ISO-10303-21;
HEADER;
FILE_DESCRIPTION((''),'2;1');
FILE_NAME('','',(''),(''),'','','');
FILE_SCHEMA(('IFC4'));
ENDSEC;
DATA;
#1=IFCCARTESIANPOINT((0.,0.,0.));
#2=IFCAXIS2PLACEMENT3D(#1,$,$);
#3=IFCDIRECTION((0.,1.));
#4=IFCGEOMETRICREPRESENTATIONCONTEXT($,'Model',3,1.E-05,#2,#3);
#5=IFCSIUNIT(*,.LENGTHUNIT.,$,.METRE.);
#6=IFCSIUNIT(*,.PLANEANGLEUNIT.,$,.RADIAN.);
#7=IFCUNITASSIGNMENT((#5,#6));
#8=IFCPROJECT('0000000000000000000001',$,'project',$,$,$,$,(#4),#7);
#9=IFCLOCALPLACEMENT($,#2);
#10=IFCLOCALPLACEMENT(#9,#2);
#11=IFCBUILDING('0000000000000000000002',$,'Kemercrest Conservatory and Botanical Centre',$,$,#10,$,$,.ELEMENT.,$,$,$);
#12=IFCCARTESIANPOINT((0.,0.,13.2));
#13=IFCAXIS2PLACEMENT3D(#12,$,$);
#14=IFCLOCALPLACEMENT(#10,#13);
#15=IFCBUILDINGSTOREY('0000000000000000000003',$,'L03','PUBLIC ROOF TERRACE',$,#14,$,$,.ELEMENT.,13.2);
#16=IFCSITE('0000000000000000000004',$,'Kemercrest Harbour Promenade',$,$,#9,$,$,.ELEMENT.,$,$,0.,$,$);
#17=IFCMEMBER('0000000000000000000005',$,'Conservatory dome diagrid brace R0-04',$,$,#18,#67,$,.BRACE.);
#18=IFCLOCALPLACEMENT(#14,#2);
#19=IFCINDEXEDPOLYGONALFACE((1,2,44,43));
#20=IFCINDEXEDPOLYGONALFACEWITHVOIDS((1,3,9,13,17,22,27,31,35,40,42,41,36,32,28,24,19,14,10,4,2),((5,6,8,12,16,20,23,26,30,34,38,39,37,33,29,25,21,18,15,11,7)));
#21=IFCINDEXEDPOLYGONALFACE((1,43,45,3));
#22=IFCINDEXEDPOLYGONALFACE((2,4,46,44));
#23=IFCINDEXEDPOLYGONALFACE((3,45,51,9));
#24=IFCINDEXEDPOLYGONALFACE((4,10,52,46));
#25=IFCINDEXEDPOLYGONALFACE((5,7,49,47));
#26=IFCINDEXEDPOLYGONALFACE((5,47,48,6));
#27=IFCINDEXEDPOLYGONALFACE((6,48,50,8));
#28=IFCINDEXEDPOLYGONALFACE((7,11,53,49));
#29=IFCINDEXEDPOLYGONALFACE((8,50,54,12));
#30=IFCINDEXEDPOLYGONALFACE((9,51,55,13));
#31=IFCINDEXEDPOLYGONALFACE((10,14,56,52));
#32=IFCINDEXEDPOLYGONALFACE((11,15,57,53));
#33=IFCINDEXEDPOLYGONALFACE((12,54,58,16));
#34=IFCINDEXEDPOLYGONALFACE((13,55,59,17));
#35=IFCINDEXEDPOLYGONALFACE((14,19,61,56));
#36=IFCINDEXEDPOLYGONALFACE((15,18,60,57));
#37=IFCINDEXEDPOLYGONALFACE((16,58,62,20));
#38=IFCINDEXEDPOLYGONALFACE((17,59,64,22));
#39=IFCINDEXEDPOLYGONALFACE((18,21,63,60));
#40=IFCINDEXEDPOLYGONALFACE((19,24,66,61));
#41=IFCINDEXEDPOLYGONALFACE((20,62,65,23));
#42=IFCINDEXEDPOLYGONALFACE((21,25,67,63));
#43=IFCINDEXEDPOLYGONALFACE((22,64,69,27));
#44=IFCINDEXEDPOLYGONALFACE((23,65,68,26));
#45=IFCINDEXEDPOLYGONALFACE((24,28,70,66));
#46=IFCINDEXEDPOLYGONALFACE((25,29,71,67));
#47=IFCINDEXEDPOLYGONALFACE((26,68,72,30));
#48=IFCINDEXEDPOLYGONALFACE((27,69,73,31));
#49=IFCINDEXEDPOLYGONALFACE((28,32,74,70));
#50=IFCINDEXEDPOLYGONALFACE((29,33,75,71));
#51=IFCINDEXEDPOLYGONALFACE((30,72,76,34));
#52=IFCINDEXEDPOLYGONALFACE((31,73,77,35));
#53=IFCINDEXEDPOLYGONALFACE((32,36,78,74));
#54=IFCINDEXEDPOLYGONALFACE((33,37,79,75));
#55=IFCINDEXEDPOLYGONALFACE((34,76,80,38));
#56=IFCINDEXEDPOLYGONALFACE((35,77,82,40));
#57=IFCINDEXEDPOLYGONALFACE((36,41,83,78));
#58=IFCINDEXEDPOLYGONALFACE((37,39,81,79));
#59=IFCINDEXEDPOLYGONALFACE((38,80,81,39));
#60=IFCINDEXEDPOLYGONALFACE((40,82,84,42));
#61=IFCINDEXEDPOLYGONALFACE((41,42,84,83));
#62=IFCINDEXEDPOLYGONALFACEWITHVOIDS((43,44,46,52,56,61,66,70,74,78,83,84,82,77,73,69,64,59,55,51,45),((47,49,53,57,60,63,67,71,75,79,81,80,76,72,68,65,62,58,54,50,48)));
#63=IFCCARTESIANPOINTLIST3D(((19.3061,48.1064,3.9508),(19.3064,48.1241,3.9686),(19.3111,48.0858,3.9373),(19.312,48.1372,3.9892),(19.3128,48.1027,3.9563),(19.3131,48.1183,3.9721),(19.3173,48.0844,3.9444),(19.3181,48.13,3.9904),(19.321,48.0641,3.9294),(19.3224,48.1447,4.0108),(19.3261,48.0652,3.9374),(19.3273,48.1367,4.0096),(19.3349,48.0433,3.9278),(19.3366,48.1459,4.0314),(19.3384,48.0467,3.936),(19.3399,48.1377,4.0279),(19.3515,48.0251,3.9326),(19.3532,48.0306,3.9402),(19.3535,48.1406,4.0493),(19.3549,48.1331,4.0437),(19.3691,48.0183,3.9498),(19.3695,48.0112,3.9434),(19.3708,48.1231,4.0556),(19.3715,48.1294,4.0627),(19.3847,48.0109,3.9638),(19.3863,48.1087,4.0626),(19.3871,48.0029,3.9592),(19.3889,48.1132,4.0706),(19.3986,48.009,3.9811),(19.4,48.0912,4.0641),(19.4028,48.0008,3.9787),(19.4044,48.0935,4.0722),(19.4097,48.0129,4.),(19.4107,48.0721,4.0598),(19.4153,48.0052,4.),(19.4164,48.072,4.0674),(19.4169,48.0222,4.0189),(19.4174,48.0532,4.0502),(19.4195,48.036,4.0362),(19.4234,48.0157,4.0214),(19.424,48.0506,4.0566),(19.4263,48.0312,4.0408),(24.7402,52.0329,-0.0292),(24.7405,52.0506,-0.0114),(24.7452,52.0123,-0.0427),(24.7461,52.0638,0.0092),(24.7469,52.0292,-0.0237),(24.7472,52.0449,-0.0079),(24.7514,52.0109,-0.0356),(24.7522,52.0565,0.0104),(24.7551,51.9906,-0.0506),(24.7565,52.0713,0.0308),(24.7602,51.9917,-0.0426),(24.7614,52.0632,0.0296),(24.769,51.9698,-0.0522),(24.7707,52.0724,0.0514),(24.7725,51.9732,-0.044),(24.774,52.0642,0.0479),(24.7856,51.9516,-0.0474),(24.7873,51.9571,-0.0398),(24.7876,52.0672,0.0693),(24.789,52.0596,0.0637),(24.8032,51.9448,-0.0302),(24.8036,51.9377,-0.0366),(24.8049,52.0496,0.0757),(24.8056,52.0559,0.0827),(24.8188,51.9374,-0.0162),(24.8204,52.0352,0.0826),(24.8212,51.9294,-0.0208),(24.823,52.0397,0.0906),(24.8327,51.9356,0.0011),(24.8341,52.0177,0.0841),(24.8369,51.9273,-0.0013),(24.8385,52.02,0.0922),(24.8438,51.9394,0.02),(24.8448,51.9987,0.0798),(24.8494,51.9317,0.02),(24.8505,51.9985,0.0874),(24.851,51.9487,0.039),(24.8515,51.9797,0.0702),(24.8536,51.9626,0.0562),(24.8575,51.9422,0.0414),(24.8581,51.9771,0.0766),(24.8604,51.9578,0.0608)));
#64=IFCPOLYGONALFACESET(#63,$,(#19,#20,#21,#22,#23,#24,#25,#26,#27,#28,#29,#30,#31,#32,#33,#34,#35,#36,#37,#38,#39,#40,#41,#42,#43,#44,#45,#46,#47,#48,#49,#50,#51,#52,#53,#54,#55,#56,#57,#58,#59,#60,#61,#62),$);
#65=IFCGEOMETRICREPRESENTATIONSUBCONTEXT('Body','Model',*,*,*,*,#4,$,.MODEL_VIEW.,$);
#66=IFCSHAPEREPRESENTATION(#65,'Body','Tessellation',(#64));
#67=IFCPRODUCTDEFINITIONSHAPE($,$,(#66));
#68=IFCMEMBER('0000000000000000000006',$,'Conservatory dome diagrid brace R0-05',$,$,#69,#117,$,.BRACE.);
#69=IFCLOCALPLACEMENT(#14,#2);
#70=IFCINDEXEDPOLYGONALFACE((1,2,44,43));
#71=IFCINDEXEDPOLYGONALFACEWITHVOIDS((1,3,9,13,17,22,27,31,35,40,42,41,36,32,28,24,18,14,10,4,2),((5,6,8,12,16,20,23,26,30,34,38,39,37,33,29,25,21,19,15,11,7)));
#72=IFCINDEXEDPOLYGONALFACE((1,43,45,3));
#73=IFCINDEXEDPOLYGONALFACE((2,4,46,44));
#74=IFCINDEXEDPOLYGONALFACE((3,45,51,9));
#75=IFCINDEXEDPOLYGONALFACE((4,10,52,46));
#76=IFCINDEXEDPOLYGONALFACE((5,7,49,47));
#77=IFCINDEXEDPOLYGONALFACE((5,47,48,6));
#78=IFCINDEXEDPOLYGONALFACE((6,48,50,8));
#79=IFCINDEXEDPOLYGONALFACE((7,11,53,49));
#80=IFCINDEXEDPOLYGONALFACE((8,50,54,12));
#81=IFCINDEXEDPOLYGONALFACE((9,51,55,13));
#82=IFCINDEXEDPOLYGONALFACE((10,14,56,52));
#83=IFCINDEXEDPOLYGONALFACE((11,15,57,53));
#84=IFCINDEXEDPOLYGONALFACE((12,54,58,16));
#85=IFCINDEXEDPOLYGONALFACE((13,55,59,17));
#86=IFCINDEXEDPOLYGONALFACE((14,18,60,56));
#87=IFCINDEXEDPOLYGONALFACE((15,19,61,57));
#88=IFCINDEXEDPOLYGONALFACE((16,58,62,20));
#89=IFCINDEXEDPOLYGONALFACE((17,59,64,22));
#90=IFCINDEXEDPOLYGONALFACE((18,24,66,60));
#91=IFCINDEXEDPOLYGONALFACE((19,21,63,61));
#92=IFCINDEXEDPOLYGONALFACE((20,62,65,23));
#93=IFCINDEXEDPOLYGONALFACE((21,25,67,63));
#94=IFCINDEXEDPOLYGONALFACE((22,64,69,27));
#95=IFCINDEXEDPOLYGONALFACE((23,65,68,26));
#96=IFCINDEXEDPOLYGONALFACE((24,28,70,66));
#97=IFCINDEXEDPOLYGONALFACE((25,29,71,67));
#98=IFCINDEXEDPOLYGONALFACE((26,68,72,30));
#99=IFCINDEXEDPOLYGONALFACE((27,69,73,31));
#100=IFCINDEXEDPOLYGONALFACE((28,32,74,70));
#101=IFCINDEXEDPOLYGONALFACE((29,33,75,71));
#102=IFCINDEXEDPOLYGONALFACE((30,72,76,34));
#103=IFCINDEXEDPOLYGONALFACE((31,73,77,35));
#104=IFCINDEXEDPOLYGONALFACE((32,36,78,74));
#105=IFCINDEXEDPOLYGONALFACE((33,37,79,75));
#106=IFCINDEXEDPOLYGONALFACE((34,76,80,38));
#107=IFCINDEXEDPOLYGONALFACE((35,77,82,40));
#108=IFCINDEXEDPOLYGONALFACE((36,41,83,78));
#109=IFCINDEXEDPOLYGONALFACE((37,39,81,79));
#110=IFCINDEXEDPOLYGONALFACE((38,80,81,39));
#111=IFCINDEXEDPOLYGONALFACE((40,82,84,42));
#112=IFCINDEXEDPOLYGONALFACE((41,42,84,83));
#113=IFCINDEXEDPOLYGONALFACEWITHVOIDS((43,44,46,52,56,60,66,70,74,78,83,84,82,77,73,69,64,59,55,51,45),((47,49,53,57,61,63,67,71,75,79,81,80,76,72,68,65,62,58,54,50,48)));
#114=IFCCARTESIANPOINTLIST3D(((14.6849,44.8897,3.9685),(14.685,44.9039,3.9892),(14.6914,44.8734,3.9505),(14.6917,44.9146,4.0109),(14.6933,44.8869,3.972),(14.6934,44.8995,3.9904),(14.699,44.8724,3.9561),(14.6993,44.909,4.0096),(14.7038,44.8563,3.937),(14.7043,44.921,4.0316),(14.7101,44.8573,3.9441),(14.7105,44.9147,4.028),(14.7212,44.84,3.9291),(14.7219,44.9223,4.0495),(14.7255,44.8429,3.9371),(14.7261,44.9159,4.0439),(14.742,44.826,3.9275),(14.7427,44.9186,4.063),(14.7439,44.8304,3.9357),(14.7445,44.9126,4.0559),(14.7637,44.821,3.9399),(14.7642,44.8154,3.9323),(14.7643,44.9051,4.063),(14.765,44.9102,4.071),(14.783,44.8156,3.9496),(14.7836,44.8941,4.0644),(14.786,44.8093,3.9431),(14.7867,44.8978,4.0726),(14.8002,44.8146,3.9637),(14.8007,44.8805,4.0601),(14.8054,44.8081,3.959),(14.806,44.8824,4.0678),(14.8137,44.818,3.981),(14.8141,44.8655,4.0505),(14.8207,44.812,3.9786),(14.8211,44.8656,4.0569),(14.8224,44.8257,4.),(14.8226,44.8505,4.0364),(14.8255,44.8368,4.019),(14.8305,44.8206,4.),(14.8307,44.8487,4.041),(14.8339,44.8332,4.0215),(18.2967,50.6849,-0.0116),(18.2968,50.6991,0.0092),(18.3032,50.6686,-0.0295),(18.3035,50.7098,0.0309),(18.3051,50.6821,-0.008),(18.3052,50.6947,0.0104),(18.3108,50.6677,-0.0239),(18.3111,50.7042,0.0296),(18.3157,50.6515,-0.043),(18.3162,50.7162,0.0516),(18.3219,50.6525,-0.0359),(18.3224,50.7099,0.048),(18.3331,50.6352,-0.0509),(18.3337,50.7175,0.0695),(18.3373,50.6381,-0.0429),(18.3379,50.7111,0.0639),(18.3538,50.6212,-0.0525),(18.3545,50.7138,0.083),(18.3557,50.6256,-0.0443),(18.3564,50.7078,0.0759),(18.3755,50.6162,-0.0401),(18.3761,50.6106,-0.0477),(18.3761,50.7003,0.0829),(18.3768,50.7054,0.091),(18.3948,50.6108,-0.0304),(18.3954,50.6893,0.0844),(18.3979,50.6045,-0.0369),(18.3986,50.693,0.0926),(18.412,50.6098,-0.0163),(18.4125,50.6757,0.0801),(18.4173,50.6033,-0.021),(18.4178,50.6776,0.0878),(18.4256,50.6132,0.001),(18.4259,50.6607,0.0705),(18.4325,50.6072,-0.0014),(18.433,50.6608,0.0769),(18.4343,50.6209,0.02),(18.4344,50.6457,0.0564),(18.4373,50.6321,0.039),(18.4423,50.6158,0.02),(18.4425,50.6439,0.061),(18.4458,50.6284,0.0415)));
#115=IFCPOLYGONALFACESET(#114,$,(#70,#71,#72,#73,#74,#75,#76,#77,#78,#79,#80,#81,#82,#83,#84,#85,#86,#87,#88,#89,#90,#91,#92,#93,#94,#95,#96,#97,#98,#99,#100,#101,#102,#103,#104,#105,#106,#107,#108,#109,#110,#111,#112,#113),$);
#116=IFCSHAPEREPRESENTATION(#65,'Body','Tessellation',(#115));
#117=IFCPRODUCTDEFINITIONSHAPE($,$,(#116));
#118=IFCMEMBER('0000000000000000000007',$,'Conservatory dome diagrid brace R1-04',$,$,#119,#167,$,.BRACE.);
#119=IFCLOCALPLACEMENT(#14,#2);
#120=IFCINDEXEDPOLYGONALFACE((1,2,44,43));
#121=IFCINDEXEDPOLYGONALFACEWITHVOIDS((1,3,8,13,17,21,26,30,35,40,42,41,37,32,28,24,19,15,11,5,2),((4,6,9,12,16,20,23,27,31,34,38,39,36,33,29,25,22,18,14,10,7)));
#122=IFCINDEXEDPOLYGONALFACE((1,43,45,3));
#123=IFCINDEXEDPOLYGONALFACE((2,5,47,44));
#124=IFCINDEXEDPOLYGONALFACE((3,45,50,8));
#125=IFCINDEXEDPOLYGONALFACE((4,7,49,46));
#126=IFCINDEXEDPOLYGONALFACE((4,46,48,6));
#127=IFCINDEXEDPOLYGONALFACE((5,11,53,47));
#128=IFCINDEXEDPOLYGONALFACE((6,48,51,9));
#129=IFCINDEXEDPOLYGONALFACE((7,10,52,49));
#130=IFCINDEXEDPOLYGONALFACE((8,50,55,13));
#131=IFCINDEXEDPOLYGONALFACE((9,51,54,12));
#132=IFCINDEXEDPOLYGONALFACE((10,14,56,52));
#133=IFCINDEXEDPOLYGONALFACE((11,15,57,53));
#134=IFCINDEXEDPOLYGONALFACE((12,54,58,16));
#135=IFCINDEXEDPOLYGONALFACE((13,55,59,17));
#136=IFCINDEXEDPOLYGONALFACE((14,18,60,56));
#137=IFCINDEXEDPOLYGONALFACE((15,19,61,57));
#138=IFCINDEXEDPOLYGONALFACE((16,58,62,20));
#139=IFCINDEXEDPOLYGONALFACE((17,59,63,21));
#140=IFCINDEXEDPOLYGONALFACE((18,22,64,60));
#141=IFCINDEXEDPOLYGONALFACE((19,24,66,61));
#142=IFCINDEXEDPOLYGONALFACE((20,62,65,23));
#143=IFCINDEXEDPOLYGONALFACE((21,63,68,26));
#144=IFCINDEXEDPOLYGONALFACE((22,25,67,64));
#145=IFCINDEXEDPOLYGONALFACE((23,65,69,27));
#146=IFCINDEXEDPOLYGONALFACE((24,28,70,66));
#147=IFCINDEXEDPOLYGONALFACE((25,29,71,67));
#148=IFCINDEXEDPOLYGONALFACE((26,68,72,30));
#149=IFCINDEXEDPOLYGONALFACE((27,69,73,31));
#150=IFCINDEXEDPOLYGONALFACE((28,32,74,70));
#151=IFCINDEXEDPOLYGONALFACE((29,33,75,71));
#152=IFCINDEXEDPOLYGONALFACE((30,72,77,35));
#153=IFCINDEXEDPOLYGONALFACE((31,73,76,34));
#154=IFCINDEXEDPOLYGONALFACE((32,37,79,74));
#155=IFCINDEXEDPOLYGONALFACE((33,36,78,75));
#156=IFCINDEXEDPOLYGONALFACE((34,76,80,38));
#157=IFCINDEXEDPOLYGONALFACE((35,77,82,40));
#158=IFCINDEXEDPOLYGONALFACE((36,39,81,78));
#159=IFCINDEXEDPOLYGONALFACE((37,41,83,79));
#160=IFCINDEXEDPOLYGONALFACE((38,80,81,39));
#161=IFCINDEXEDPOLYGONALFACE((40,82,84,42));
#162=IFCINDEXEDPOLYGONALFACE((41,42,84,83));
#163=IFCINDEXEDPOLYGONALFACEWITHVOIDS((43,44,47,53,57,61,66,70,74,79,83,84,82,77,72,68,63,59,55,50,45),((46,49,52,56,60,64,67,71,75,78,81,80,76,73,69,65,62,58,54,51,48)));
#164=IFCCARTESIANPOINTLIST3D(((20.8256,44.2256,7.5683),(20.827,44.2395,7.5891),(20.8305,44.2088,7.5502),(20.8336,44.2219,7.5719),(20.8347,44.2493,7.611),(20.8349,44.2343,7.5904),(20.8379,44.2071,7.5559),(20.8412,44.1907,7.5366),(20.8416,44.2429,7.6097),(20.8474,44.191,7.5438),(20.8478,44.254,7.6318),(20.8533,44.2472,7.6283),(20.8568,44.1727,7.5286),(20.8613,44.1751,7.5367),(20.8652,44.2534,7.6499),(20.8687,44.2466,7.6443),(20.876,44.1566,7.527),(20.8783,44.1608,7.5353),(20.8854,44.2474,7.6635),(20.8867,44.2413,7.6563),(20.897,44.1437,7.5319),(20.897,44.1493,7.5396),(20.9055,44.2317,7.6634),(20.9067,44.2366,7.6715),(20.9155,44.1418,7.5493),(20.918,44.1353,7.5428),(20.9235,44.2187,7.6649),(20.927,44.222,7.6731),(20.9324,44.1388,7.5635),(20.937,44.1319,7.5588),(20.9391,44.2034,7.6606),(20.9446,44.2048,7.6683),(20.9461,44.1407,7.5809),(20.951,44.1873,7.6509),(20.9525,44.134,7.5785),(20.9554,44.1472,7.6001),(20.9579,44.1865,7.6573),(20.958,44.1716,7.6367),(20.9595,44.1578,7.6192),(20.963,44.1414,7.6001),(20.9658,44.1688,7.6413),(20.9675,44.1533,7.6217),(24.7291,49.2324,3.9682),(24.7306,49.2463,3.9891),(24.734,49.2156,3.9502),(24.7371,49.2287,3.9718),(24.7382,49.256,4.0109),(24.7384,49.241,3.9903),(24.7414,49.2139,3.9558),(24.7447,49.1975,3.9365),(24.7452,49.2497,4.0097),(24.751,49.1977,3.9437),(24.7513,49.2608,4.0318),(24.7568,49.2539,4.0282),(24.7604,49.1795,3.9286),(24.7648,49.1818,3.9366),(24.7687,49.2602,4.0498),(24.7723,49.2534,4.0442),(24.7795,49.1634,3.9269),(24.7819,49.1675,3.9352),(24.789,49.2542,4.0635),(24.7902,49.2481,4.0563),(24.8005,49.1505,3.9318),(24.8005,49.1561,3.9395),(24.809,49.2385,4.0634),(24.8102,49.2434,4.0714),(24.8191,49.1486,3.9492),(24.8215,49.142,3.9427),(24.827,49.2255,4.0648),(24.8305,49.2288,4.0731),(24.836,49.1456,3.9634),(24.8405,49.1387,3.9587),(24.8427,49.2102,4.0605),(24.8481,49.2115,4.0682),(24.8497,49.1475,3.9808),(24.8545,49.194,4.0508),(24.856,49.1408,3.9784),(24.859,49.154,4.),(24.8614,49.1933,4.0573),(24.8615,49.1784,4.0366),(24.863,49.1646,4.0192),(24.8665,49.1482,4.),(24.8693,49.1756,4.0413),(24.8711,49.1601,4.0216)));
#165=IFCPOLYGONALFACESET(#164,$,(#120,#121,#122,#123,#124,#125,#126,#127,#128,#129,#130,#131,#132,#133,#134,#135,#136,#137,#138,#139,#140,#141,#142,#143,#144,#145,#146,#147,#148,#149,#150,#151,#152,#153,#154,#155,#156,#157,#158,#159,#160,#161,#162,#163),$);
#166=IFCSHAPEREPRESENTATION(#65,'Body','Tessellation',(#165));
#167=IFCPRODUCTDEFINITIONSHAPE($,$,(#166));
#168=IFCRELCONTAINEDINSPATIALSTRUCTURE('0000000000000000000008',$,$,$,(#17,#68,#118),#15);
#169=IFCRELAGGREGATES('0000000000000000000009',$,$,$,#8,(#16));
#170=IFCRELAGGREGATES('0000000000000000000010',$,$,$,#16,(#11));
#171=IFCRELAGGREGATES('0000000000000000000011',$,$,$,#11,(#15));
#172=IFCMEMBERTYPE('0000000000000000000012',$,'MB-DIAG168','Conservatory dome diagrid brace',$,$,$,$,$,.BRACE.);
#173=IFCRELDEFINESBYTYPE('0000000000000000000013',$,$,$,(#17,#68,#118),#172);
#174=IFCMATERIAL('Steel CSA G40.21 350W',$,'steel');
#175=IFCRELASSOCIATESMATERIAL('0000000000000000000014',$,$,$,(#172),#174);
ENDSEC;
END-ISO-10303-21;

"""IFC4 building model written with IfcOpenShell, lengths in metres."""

from ifc_helpers import new_model, si_unit, direction, frame, origin, origin_2d, place, context, subcontext, project, spatial, hollow_circle, extrude, material, material_profile, profile_set, type_object, element, save


model = new_model("IFC4")

# Units and contexts
model_context = context("Model", 3, precision=1e-05, world=origin(), true_north=direction((0.0, 1.0)))
body_context = subcontext(model_context, "Body", "Model", "MODEL_VIEW")
ifc_project = project(units=[si_unit("LENGTHUNIT", "METRE"), si_unit("PLANEANGLEUNIT", "RADIAN")], contexts=[model_context])

# Site, building, storey
site_placement = place(None, origin())
site = spatial("IfcSite", under=ifc_project, at=site_placement, Name="Kemercrest Harbour Promenade", CompositionType="ELEMENT", RefElevation=0.0)
building_placement = place(site_placement, origin())
building = spatial("IfcBuilding", under=site, at=building_placement, Name="Kemercrest Conservatory and Botanical Centre", CompositionType="ELEMENT")
storey_placement = place(building_placement, frame((0.0, 0.0, 13.2)))
storey = spatial("IfcBuildingStorey", under=building, at=storey_placement, Name="L03", Description="PUBLIC ROOF TERRACE", CompositionType="ELEMENT", Elevation=13.2)

# Shared definitions
ifc_material_1 = material(Name="Steel CSA G40.21 350W", Category="steel")

# Members
ifc_material_profile_1 = material_profile(ifc_material_1, hollow_circle(Radius=0.0842, WallThickness=0.0095, at=origin_2d()), Name="CHS 168.3x9.5")
ifc_profile_set_1 = profile_set([ifc_material_profile_1], Name="Steel CSA G40.21 350W")
member_type_1 = type_object("IfcMemberType", Name="MB-DIAG168", Description="Conservatory dome diagrid brace", PredefinedType="BRACE", material=ifc_profile_set_1)
member_1_placement = place(storey_placement, frame((24.8, 52.0, 0.02), z_axis=(-0.696981, -0.503619, 0.510476), x_axis=(0.585677, -0.810545, 0.0)))
element("IfcMember", 1, at=member_1_placement, inside=storey, type_object=member_type_1, Name="Conservatory dome diagrid brace R0-04", PredefinedType="BRACE", context=body_context, shape_type="SweptSolid", body=[
    extrude(hollow_circle(Radius=0.0842, WallThickness=0.0095, at=origin_2d()), origin(), (0.0, 0.0, 1.0), 7.7966),
])
member_2_placement = place(storey_placement, frame((18.3708, 50.6604, 0.02), z_axis=(-0.456974, -0.733216, 0.503555), x_axis=(0.848666, -0.528928, 0.0)))
element("IfcMember", 2, at=member_2_placement, inside=storey, type_object=member_type_1, Name="Conservatory dome diagrid brace R0-05", PredefinedType="BRACE", context=body_context, shape_type="SweptSolid", body=[
    extrude(hollow_circle(Radius=0.0842, WallThickness=0.0095, at=origin_2d()), origin(), (0.0, 0.0, 1.0), 7.9038),
])
member_3_placement = place(storey_placement, frame((24.8, 49.2, 4.0), z_axis=(-0.534851, -0.686016, 0.493271), x_axis=(0.788637, -0.614859, 0.0)))
element("IfcMember", 3, at=member_3_placement, inside=storey, type_object=member_type_1, Name="Conservatory dome diagrid brace R1-04", PredefinedType="BRACE", context=body_context, shape_type="SweptSolid", body=[
    extrude(hollow_circle(Radius=0.0842, WallThickness=0.0095, at=origin_2d()), origin(), (0.0, 0.0, 1.0), 7.2983),
])

save(model, "model.ifc")
